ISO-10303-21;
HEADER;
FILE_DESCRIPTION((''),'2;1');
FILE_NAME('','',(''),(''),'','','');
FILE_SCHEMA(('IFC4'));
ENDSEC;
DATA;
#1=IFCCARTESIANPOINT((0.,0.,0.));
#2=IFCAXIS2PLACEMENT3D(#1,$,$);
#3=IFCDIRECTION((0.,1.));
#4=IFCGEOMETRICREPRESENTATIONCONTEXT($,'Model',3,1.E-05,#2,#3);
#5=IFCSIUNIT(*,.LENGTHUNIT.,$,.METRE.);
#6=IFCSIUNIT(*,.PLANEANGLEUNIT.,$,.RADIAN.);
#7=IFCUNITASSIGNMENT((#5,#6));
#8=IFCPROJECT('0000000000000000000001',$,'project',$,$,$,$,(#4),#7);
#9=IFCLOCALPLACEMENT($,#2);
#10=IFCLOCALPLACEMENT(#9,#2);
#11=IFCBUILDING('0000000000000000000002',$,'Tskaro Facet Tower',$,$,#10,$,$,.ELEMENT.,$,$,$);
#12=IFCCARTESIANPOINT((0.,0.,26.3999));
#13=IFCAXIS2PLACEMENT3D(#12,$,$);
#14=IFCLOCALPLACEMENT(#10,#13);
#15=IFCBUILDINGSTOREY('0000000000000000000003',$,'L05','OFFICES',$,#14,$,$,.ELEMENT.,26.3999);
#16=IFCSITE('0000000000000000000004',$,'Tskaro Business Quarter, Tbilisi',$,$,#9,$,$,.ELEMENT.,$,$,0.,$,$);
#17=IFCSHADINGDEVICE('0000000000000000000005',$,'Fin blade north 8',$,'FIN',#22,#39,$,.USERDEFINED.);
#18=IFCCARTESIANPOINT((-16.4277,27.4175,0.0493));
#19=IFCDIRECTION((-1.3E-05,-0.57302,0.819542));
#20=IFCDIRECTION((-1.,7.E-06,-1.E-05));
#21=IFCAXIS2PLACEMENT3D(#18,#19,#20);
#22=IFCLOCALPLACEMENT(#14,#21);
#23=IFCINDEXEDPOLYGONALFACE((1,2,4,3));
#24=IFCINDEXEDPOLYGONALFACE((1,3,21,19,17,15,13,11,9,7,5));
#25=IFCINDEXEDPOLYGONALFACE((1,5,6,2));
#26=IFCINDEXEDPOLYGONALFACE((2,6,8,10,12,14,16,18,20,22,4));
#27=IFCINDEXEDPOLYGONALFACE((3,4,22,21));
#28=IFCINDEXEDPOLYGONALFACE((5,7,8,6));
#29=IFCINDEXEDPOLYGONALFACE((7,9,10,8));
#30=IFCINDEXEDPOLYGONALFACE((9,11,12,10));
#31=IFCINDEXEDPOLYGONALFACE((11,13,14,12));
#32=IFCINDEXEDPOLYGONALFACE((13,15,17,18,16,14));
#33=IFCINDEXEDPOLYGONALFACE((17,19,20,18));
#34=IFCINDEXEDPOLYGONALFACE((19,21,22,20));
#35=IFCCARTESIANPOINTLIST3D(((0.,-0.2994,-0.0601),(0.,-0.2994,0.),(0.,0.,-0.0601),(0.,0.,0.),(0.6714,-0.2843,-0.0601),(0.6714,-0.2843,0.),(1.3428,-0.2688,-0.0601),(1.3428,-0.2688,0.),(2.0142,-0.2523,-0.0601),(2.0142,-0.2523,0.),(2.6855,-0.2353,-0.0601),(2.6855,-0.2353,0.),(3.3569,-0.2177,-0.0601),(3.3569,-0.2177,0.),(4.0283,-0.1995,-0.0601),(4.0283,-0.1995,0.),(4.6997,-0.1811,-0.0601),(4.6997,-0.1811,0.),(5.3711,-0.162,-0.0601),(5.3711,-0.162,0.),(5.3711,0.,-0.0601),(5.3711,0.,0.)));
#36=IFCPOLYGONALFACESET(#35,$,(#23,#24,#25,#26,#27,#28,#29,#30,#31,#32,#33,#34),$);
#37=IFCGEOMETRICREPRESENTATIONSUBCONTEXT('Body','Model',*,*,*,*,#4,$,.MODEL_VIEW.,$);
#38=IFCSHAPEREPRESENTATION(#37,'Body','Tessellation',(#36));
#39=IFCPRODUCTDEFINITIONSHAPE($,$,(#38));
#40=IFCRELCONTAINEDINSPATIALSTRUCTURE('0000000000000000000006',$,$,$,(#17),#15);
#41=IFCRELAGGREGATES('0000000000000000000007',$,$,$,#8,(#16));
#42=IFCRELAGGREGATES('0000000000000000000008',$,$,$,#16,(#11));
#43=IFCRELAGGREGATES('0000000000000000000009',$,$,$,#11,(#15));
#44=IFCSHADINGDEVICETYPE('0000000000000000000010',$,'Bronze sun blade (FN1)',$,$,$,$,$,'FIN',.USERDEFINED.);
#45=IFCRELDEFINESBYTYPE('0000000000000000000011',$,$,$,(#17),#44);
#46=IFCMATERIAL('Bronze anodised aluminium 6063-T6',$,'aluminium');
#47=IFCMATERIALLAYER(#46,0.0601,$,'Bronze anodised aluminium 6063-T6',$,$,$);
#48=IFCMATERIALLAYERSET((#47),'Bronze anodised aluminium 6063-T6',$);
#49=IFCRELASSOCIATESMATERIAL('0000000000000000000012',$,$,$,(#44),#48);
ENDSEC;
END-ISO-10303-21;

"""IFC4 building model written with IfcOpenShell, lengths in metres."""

from ifc_helpers import new_model, si_unit, direction, frame, origin, place, context, subcontext, project, spatial, polyline, outline, extrude, material, layer, layer_set, type_object, element, save


model = new_model("IFC4")

# Units and contexts
model_context = context("Model", 3, precision=1e-05, world=origin(), true_north=direction((0.0, 1.0)))
body_context = subcontext(model_context, "Body", "Model", "MODEL_VIEW")
ifc_project = project(units=[si_unit("LENGTHUNIT", "METRE"), si_unit("PLANEANGLEUNIT", "RADIAN")], contexts=[model_context])

# Site, building, storey
site_placement = place(None, origin())
site = spatial("IfcSite", under=ifc_project, at=site_placement, Name="Tskaro Business Quarter, Tbilisi", CompositionType="ELEMENT", RefElevation=0.0)
building_placement = place(site_placement, origin())
building = spatial("IfcBuilding", under=site, at=building_placement, Name="Tskaro Facet Tower", CompositionType="ELEMENT")
storey_placement = place(building_placement, frame((0.0, 0.0, 26.3999)))
storey = spatial("IfcBuildingStorey", under=building, at=storey_placement, Name="L05", Description="OFFICES", CompositionType="ELEMENT", Elevation=26.3999)

# Shared definitions
ifc_material_1 = material(Name="Bronze anodised aluminium 6063-T6", Category="aluminium")

# Shading device
ifc_layer_1 = layer(ifc_material_1, 0.0601, Name="Bronze anodised aluminium 6063-T6")
ifc_layer_set_1 = layer_set([ifc_layer_1], Name="Bronze anodised aluminium 6063-T6")
shading_device_type = type_object("IfcShadingDeviceType", Name="Bronze sun blade (FN1)", ElementType="FIN", PredefinedType="USERDEFINED", material=ifc_layer_set_1)
shading_device_1_placement = place(storey_placement, frame((-16.4277, 27.4175, 0.0493), z_axis=(-0.000013, -0.57302, 0.819542), x_axis=(-1.0, 0.000007, -0.00001)))
element("IfcShadingDevice", 1, at=shading_device_1_placement, inside=storey, type_object=shading_device_type, Name="Fin blade north 8", ObjectType="FIN", PredefinedType="USERDEFINED", context=body_context, shape_type="SweptSolid", body=[
    extrude(outline(polyline([(0.0, 0.0), (5.3711, 0.0), (5.3711, -0.162), (4.6997, -0.1811), (4.0283, -0.1995), (3.3569, -0.2177), (2.6855, -0.2353), (2.0142, -0.2523), (1.3428, -0.2688), (0.6714, -0.2843), (0.0, -0.2994), (0.0, 0.0)])), origin(), (0.0, 0.0, -1.0), 0.0601),
])

save(model, "model.ifc")
